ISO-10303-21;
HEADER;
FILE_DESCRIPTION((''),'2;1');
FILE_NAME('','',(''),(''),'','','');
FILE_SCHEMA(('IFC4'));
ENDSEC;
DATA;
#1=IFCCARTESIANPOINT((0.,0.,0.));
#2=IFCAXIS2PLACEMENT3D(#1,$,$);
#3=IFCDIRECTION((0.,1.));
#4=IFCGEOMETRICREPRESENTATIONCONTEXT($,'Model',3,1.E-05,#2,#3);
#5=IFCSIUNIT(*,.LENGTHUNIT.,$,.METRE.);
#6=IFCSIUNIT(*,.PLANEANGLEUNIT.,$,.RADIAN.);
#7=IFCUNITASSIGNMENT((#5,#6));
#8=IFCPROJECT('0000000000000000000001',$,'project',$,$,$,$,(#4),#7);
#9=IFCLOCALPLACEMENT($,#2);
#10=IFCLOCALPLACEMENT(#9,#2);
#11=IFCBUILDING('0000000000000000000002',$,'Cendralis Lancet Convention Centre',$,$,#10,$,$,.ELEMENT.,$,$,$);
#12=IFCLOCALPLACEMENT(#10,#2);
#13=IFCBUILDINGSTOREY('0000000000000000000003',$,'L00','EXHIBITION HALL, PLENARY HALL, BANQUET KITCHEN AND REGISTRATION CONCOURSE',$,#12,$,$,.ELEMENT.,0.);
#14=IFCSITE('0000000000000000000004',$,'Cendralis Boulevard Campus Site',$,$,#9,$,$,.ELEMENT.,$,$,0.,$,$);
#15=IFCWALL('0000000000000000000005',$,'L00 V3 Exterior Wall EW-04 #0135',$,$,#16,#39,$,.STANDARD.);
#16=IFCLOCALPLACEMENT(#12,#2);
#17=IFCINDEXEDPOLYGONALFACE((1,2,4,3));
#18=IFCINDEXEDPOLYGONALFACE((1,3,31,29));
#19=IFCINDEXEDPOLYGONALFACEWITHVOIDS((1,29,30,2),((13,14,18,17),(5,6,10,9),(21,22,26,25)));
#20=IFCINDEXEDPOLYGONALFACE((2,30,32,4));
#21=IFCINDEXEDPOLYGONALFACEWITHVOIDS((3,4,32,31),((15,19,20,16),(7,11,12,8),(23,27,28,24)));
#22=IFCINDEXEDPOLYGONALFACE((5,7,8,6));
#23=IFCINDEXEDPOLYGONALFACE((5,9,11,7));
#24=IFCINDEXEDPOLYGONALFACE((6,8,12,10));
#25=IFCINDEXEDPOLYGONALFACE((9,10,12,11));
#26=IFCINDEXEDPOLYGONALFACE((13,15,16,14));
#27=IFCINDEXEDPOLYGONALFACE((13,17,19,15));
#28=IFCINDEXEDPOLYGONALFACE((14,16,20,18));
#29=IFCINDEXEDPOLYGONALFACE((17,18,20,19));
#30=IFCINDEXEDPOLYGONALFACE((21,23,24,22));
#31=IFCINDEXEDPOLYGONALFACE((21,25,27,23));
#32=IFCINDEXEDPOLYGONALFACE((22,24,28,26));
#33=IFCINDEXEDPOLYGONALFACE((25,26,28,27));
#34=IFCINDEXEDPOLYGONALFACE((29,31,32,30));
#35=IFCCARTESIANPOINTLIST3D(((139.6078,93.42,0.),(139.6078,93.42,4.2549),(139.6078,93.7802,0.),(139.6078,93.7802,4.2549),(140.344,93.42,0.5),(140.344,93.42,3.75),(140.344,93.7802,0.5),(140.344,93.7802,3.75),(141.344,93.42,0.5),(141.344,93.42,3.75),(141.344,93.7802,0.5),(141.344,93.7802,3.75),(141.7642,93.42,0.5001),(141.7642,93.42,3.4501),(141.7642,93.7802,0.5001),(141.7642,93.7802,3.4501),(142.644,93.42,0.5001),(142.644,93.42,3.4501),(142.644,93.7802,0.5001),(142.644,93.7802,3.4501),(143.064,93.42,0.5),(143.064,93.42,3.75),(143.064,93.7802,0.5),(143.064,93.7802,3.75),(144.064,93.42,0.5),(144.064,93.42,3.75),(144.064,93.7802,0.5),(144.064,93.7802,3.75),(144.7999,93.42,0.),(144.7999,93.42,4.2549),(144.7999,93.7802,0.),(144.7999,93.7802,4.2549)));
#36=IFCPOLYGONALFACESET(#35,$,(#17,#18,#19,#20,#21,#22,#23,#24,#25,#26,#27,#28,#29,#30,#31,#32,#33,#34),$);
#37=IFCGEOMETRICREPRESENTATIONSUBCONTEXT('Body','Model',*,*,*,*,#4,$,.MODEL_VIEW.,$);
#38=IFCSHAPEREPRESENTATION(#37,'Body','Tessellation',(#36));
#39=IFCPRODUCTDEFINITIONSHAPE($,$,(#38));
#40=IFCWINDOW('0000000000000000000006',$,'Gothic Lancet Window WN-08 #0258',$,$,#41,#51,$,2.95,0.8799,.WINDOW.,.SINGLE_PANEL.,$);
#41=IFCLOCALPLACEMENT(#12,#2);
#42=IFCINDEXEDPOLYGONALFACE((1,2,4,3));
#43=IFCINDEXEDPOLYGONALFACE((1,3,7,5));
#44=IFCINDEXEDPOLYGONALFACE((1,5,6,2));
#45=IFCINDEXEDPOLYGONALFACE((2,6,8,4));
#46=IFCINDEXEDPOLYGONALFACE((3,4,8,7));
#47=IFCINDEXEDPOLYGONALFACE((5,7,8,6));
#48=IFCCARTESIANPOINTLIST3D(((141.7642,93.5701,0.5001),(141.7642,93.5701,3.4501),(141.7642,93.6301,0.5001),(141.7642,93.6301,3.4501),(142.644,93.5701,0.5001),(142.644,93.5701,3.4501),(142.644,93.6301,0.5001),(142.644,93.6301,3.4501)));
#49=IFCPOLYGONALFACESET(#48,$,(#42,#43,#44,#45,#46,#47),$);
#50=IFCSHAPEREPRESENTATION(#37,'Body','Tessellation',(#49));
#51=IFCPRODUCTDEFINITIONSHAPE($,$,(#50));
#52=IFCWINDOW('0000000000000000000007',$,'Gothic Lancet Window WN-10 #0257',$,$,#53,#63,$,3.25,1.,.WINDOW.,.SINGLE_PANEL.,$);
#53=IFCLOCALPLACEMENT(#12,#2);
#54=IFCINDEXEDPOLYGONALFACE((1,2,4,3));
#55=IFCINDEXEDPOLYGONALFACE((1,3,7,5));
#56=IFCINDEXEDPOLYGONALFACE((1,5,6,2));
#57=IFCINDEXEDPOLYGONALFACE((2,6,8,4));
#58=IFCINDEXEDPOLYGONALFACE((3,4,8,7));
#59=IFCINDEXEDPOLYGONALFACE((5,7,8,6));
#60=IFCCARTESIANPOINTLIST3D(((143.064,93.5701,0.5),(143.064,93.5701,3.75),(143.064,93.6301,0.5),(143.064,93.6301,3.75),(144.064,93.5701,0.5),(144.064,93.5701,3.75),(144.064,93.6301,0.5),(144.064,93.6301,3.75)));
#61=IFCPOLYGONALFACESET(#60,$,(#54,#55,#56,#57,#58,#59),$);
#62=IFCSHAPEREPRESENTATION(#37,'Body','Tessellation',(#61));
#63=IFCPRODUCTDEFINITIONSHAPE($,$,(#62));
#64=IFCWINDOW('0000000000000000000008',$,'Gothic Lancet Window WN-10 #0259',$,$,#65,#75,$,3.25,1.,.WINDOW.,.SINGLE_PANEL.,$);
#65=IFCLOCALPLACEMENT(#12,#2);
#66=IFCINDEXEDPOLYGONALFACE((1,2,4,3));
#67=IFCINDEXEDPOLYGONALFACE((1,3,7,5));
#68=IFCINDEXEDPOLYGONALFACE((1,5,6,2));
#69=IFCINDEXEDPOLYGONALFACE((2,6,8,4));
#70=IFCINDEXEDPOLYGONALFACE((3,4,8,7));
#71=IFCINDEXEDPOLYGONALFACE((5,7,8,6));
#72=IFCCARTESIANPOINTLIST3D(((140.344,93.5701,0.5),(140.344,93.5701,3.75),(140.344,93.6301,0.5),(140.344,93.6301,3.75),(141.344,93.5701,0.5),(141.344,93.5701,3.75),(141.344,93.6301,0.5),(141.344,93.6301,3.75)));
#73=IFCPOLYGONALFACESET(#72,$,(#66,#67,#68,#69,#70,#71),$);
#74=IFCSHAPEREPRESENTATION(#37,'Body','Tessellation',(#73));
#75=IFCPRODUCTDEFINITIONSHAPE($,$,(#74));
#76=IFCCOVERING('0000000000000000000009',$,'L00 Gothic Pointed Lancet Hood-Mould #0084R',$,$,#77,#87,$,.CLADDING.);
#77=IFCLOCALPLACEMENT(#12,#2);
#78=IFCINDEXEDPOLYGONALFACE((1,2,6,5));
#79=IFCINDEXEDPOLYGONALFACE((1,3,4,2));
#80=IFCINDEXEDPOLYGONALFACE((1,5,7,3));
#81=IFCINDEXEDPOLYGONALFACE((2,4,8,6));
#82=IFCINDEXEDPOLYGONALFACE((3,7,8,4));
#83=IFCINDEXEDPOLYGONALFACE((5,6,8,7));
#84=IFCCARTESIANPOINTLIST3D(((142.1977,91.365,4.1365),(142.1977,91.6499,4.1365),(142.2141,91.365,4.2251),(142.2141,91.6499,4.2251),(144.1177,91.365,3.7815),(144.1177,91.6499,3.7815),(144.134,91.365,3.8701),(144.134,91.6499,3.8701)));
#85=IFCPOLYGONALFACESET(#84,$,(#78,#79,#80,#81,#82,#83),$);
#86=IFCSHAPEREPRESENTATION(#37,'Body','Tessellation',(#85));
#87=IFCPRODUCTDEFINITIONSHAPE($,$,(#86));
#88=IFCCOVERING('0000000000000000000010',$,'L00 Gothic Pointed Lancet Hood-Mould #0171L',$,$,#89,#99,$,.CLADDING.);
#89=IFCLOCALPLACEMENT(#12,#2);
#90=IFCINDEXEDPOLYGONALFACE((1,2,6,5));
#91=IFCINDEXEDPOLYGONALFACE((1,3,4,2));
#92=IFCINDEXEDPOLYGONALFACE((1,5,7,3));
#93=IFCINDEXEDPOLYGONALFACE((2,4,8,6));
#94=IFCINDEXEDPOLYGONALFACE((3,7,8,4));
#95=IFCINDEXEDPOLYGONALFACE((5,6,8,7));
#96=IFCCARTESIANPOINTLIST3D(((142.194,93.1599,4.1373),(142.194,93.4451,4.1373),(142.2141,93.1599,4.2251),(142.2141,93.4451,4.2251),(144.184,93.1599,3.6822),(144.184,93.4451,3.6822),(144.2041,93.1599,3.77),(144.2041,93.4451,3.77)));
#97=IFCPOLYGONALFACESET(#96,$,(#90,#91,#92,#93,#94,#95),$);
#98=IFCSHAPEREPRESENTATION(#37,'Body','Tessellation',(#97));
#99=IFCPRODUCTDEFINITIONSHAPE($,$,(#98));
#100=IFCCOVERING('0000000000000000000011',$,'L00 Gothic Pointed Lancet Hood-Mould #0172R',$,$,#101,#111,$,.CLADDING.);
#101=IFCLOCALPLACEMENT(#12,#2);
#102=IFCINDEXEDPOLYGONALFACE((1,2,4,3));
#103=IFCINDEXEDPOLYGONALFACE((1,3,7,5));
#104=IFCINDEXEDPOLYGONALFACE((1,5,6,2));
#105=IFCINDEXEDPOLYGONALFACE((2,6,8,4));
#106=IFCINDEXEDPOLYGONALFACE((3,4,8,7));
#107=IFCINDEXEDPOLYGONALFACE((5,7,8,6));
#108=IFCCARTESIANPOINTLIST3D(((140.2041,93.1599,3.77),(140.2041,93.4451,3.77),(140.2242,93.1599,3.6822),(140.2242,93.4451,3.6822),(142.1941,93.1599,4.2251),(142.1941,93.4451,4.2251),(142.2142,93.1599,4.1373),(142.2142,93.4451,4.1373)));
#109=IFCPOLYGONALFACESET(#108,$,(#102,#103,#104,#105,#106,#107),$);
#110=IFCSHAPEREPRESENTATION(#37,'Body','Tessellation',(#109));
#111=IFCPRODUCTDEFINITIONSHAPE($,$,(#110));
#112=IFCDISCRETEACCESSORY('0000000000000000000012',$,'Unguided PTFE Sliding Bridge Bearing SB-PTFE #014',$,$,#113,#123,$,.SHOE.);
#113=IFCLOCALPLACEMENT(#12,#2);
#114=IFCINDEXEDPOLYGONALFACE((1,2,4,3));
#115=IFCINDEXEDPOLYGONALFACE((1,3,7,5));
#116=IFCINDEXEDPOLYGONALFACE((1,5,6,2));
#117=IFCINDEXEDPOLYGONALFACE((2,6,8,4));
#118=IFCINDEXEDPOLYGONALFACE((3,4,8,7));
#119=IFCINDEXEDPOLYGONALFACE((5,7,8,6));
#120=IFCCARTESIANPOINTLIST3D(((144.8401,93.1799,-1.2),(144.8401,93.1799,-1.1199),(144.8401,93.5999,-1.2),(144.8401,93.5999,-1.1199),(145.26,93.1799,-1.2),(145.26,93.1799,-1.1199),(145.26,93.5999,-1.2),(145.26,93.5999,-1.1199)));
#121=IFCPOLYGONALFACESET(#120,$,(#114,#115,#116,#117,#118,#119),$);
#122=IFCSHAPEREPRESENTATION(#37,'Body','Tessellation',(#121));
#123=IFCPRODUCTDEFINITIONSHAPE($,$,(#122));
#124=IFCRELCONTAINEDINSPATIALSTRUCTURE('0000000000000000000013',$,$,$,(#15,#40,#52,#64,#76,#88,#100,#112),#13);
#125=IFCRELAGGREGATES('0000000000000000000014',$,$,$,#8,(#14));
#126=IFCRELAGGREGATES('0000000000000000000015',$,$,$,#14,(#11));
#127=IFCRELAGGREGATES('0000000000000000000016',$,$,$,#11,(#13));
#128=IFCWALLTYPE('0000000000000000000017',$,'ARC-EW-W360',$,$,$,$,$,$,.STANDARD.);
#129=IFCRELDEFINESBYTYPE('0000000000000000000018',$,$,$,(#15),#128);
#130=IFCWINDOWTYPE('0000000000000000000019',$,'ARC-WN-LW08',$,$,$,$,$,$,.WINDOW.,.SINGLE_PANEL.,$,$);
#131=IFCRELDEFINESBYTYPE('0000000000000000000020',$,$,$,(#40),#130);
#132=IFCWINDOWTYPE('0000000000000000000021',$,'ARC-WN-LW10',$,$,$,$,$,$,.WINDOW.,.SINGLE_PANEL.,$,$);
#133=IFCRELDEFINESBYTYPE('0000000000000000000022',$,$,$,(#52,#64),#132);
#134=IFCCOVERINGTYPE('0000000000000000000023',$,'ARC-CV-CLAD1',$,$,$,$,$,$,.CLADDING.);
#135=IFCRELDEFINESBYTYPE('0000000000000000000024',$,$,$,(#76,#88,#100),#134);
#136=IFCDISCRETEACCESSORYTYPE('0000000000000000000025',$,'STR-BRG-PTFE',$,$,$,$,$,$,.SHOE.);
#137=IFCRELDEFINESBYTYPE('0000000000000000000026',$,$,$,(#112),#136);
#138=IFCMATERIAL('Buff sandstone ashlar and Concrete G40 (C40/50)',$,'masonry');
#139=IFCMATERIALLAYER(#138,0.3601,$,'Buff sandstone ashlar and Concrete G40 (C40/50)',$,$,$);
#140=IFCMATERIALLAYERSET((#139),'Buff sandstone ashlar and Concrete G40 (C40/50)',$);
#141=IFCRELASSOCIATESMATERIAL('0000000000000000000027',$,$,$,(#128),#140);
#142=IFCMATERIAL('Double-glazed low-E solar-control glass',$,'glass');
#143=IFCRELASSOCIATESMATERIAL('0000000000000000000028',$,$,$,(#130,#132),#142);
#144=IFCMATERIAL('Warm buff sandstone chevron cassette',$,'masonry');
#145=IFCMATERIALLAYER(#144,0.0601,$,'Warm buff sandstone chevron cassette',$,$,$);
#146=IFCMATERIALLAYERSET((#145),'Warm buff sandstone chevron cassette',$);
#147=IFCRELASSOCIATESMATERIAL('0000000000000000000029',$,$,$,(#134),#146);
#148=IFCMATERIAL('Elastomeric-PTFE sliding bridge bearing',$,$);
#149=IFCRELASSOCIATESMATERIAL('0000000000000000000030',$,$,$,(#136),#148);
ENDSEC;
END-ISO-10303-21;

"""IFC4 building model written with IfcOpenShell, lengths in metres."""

from ifc_helpers import new_model, si_unit, direction, frame, frame_2d, origin, origin_2d, place, context, subcontext, project, spatial, polyline, rectangle, outline, extrude, material, layer, layer_set, type_object, element, fill, save


model = new_model("IFC4")

# Units and contexts
model_context = context("Model", 3, precision=1e-05, world=origin(), true_north=direction((0.0, 1.0)))
body_context = subcontext(model_context, "Body", "Model", "MODEL_VIEW")
ifc_project = project(units=[si_unit("LENGTHUNIT", "METRE"), si_unit("PLANEANGLEUNIT", "RADIAN")], contexts=[model_context])

# Site, building, storey
site_placement = place(None, origin())
site = spatial("IfcSite", under=ifc_project, at=site_placement, Name="Cendralis Boulevard Campus Site", CompositionType="ELEMENT", RefElevation=0.0)
building_placement = place(site_placement, origin())
building = spatial("IfcBuilding", under=site, at=building_placement, Name="Cendralis Lancet Convention Centre", CompositionType="ELEMENT")
storey_placement = place(building_placement, origin())
storey = spatial("IfcBuildingStorey", under=building, at=storey_placement, Name="L00", Description="EXHIBITION HALL, PLENARY HALL, BANQUET KITCHEN AND REGISTRATION CONCOURSE", CompositionType="ELEMENT", Elevation=0.0)

# Shared definitions
ifc_material_1 = material(Name="Double-glazed low-E solar-control glass", Category="glass")

# Wall, openings, windows
ifc_material_2 = material(Name="Buff sandstone ashlar and Concrete G40 (C40/50)", Category="masonry")
ifc_layer_1 = layer(ifc_material_2, 0.3601, Name="Buff sandstone ashlar and Concrete G40 (C40/50)")
ifc_layer_set_1 = layer_set([ifc_layer_1], Name="Buff sandstone ashlar and Concrete G40 (C40/50)")
wall_type = type_object("IfcWallType", Name="ARC-EW-W360", PredefinedType="STANDARD", material=ifc_layer_set_1)
wall_placement = place(storey_placement, frame((144.8, 93.6001, 0.0), z_axis=(0.0, 0.0, 1.0), x_axis=(-1.0, 0.0, 0.0)))
wall = element("IfcWall", 1, at=wall_placement, inside=storey, type_object=wall_type, Name="L00 V3 Exterior Wall EW-04 #0135", PredefinedType="STANDARD", context=body_context, shape_type="SweptSolid", body=[
    extrude(rectangle(XDim=5.1921, YDim=0.3601, at=frame_2d((2.5962, 0.0))), origin(), (0.0, 0.0, 1.0), 4.2549),
])
opening_1_placement = place(wall_placement, frame((0.7361, 0.0, 0.5)))
opening_1 = element("IfcOpeningElement", 2, at=opening_1_placement, cuts=wall, PredefinedType="OPENING", context=body_context, shape_type="SweptSolid", body=[
    extrude(rectangle(XDim=1.0, YDim=3.25, at=frame_2d((0.5, 1.625))), frame((0.0, 0.1899, 0.0), z_axis=(0.0, -1.0, 0.0), x_axis=(1.0, 0.0, 0.0)), (0.0, 0.0, 1.0), 0.3801),
])
opening_2_placement = place(wall_placement, frame((2.156, 0.0, 0.5)))
opening_2 = element("IfcOpeningElement", 3, at=opening_2_placement, cuts=wall, PredefinedType="OPENING", context=body_context, shape_type="SweptSolid", body=[
    extrude(rectangle(XDim=0.8799, YDim=2.95, at=frame_2d((0.4399, 1.4751))), frame((0.0, 0.1899, 0.0), z_axis=(0.0, -1.0, 0.0), x_axis=(1.0, 0.0, 0.0)), (0.0, 0.0, 1.0), 0.3801),
])
opening_3_placement = place(wall_placement, frame((3.4561, 0.0, 0.5)))
opening_3 = element("IfcOpeningElement", 4, at=opening_3_placement, cuts=wall, PredefinedType="OPENING", context=body_context, shape_type="SweptSolid", body=[
    extrude(rectangle(XDim=1.0, YDim=3.25, at=frame_2d((0.5, 1.625))), frame((0.0, 0.1899, 0.0), z_axis=(0.0, -1.0, 0.0), x_axis=(1.0, 0.0, 0.0)), (0.0, 0.0, 1.0), 0.3801),
])
window_type_1 = type_object("IfcWindowType", Name="ARC-WN-LW08", PartitioningType="SINGLE_PANEL", PredefinedType="WINDOW", material=ifc_material_1)
window_1_placement = place(opening_2_placement, origin())
window_1 = element("IfcWindow", 5, at=window_1_placement, inside=storey, type_object=window_type_1, Name="Gothic Lancet Window WN-08 #0258", OverallHeight=2.95, OverallWidth=0.8799, PartitioningType="SINGLE_PANEL", PredefinedType="WINDOW", context=body_context, shape_type="SweptSolid", body=[
    extrude(rectangle(XDim=0.8799, YDim=2.95, at=frame_2d((0.4399, 1.4751))), frame((0.0, 0.03, 0.0), z_axis=(0.0, -1.0, 0.0), x_axis=(1.0, 0.0, 0.0)), (0.0, 0.0, 1.0), 0.0601),
])
fill(opening_2, window_1)
window_type_2 = type_object("IfcWindowType", Name="ARC-WN-LW10", PartitioningType="SINGLE_PANEL", PredefinedType="WINDOW", material=ifc_material_1)
window_2_placement = place(opening_1_placement, origin())
window_2 = element("IfcWindow", 6, at=window_2_placement, inside=storey, type_object=window_type_2, Name="Gothic Lancet Window WN-10 #0257", OverallHeight=3.25, OverallWidth=1.0, PartitioningType="SINGLE_PANEL", PredefinedType="WINDOW", context=body_context, shape_type="SweptSolid", body=[
    extrude(rectangle(XDim=1.0, YDim=3.25, at=frame_2d((0.5, 1.625))), frame((0.0, 0.03, 0.0), z_axis=(0.0, -1.0, 0.0), x_axis=(1.0, 0.0, 0.0)), (0.0, 0.0, 1.0), 0.0601),
])
fill(opening_1, window_2)
window_3_placement = place(opening_3_placement, origin())
window_3 = element("IfcWindow", 7, at=window_3_placement, inside=storey, type_object=window_type_2, Name="Gothic Lancet Window WN-10 #0259", OverallHeight=3.25, OverallWidth=1.0, PartitioningType="SINGLE_PANEL", PredefinedType="WINDOW", context=body_context, shape_type="SweptSolid", body=[
    extrude(rectangle(XDim=1.0, YDim=3.25, at=frame_2d((0.5, 1.625))), frame((0.0, 0.03, 0.0), z_axis=(0.0, -1.0, 0.0), x_axis=(1.0, 0.0, 0.0)), (0.0, 0.0, 1.0), 0.0601),
])
fill(opening_3, window_3)

# Coverings
ifc_material_3 = material(Name="Warm buff sandstone chevron cassette", Category="masonry")
ifc_layer_2 = layer(ifc_material_3, 0.0601, Name="Warm buff sandstone chevron cassette")
ifc_layer_set_2 = layer_set([ifc_layer_2], Name="Warm buff sandstone chevron cassette")
covering_type = type_object("IfcCoveringType", Name="ARC-CV-CLAD1", PredefinedType="CLADDING", material=ifc_layer_set_2)
covering_placement = place(storey_placement, frame((142.2141, 91.6499, 4.2251), z_axis=(0.181812, 0.0, 0.983333), x_axis=(0.0, -1.0, 0.0)))
element("IfcCovering", 8, at=covering_placement, inside=storey, type_object=covering_type, Name="L00 Gothic Pointed Lancet Hood-Mould #0084R", PredefinedType="CLADDING", context=body_context, shape_type="SweptSolid", body=[
    extrude(outline(polyline([(0.0, 0.0), (0.2849, 0.0), (0.2849, 1.9525), (0.0, 1.9525), (0.0, 0.0)])), origin(), (0.0, 0.0, -1.0), 0.0901),
])
for number, where, z_axis, x_axis, name in (
    (9, (144.2041, 93.1599, 3.77), (0.222929, 0.0, 0.974835), (0.0, 1.0, 0.0), "L00 Gothic Pointed Lancet Hood-Mould #0171L"),
    (10, (142.1941, 93.1599, 4.2251), (-0.222929, 0.0, 0.974835), (0.0, 1.0, 0.0), "L00 Gothic Pointed Lancet Hood-Mould #0172R"),
):
    element("IfcCovering", number, at=place(storey_placement, frame(where, z_axis=z_axis, x_axis=x_axis)), inside=storey, type_object=covering_type, Name=name, PredefinedType="CLADDING", context=body_context, shape_type="SweptSolid", body=[
        extrude(outline(polyline([(0.0, 0.0), (0.2852, 0.0), (0.2852, 2.0414), (0.0, 2.0414), (0.0, 0.0)])), origin(), (0.0, 0.0, -1.0), 0.0901),
    ])

# Discrete accessory
ifc_material_4 = material(Name="Elastomeric-PTFE sliding bridge bearing")
discrete_accessory_type = type_object("IfcDiscreteAccessoryType", Name="STR-BRG-PTFE", PredefinedType="SHOE", material=ifc_material_4)
discrete_accessory_placement = place(storey_placement, frame((145.05, 93.3899, -1.2), z_axis=(0.0, 0.0, 1.0), x_axis=(1.0, 0.0, 0.0)))
element("IfcDiscreteAccessory", 11, at=discrete_accessory_placement, inside=storey, type_object=discrete_accessory_type, Name="Unguided PTFE Sliding Bridge Bearing SB-PTFE #014", PredefinedType="SHOE", context=body_context, shape_type="SweptSolid", body=[
    extrude(rectangle(XDim=0.4199, YDim=0.4199, at=origin_2d()), origin(), (0.0, 0.0, 1.0), 0.0801),
])

save(model, "model.ifc")
